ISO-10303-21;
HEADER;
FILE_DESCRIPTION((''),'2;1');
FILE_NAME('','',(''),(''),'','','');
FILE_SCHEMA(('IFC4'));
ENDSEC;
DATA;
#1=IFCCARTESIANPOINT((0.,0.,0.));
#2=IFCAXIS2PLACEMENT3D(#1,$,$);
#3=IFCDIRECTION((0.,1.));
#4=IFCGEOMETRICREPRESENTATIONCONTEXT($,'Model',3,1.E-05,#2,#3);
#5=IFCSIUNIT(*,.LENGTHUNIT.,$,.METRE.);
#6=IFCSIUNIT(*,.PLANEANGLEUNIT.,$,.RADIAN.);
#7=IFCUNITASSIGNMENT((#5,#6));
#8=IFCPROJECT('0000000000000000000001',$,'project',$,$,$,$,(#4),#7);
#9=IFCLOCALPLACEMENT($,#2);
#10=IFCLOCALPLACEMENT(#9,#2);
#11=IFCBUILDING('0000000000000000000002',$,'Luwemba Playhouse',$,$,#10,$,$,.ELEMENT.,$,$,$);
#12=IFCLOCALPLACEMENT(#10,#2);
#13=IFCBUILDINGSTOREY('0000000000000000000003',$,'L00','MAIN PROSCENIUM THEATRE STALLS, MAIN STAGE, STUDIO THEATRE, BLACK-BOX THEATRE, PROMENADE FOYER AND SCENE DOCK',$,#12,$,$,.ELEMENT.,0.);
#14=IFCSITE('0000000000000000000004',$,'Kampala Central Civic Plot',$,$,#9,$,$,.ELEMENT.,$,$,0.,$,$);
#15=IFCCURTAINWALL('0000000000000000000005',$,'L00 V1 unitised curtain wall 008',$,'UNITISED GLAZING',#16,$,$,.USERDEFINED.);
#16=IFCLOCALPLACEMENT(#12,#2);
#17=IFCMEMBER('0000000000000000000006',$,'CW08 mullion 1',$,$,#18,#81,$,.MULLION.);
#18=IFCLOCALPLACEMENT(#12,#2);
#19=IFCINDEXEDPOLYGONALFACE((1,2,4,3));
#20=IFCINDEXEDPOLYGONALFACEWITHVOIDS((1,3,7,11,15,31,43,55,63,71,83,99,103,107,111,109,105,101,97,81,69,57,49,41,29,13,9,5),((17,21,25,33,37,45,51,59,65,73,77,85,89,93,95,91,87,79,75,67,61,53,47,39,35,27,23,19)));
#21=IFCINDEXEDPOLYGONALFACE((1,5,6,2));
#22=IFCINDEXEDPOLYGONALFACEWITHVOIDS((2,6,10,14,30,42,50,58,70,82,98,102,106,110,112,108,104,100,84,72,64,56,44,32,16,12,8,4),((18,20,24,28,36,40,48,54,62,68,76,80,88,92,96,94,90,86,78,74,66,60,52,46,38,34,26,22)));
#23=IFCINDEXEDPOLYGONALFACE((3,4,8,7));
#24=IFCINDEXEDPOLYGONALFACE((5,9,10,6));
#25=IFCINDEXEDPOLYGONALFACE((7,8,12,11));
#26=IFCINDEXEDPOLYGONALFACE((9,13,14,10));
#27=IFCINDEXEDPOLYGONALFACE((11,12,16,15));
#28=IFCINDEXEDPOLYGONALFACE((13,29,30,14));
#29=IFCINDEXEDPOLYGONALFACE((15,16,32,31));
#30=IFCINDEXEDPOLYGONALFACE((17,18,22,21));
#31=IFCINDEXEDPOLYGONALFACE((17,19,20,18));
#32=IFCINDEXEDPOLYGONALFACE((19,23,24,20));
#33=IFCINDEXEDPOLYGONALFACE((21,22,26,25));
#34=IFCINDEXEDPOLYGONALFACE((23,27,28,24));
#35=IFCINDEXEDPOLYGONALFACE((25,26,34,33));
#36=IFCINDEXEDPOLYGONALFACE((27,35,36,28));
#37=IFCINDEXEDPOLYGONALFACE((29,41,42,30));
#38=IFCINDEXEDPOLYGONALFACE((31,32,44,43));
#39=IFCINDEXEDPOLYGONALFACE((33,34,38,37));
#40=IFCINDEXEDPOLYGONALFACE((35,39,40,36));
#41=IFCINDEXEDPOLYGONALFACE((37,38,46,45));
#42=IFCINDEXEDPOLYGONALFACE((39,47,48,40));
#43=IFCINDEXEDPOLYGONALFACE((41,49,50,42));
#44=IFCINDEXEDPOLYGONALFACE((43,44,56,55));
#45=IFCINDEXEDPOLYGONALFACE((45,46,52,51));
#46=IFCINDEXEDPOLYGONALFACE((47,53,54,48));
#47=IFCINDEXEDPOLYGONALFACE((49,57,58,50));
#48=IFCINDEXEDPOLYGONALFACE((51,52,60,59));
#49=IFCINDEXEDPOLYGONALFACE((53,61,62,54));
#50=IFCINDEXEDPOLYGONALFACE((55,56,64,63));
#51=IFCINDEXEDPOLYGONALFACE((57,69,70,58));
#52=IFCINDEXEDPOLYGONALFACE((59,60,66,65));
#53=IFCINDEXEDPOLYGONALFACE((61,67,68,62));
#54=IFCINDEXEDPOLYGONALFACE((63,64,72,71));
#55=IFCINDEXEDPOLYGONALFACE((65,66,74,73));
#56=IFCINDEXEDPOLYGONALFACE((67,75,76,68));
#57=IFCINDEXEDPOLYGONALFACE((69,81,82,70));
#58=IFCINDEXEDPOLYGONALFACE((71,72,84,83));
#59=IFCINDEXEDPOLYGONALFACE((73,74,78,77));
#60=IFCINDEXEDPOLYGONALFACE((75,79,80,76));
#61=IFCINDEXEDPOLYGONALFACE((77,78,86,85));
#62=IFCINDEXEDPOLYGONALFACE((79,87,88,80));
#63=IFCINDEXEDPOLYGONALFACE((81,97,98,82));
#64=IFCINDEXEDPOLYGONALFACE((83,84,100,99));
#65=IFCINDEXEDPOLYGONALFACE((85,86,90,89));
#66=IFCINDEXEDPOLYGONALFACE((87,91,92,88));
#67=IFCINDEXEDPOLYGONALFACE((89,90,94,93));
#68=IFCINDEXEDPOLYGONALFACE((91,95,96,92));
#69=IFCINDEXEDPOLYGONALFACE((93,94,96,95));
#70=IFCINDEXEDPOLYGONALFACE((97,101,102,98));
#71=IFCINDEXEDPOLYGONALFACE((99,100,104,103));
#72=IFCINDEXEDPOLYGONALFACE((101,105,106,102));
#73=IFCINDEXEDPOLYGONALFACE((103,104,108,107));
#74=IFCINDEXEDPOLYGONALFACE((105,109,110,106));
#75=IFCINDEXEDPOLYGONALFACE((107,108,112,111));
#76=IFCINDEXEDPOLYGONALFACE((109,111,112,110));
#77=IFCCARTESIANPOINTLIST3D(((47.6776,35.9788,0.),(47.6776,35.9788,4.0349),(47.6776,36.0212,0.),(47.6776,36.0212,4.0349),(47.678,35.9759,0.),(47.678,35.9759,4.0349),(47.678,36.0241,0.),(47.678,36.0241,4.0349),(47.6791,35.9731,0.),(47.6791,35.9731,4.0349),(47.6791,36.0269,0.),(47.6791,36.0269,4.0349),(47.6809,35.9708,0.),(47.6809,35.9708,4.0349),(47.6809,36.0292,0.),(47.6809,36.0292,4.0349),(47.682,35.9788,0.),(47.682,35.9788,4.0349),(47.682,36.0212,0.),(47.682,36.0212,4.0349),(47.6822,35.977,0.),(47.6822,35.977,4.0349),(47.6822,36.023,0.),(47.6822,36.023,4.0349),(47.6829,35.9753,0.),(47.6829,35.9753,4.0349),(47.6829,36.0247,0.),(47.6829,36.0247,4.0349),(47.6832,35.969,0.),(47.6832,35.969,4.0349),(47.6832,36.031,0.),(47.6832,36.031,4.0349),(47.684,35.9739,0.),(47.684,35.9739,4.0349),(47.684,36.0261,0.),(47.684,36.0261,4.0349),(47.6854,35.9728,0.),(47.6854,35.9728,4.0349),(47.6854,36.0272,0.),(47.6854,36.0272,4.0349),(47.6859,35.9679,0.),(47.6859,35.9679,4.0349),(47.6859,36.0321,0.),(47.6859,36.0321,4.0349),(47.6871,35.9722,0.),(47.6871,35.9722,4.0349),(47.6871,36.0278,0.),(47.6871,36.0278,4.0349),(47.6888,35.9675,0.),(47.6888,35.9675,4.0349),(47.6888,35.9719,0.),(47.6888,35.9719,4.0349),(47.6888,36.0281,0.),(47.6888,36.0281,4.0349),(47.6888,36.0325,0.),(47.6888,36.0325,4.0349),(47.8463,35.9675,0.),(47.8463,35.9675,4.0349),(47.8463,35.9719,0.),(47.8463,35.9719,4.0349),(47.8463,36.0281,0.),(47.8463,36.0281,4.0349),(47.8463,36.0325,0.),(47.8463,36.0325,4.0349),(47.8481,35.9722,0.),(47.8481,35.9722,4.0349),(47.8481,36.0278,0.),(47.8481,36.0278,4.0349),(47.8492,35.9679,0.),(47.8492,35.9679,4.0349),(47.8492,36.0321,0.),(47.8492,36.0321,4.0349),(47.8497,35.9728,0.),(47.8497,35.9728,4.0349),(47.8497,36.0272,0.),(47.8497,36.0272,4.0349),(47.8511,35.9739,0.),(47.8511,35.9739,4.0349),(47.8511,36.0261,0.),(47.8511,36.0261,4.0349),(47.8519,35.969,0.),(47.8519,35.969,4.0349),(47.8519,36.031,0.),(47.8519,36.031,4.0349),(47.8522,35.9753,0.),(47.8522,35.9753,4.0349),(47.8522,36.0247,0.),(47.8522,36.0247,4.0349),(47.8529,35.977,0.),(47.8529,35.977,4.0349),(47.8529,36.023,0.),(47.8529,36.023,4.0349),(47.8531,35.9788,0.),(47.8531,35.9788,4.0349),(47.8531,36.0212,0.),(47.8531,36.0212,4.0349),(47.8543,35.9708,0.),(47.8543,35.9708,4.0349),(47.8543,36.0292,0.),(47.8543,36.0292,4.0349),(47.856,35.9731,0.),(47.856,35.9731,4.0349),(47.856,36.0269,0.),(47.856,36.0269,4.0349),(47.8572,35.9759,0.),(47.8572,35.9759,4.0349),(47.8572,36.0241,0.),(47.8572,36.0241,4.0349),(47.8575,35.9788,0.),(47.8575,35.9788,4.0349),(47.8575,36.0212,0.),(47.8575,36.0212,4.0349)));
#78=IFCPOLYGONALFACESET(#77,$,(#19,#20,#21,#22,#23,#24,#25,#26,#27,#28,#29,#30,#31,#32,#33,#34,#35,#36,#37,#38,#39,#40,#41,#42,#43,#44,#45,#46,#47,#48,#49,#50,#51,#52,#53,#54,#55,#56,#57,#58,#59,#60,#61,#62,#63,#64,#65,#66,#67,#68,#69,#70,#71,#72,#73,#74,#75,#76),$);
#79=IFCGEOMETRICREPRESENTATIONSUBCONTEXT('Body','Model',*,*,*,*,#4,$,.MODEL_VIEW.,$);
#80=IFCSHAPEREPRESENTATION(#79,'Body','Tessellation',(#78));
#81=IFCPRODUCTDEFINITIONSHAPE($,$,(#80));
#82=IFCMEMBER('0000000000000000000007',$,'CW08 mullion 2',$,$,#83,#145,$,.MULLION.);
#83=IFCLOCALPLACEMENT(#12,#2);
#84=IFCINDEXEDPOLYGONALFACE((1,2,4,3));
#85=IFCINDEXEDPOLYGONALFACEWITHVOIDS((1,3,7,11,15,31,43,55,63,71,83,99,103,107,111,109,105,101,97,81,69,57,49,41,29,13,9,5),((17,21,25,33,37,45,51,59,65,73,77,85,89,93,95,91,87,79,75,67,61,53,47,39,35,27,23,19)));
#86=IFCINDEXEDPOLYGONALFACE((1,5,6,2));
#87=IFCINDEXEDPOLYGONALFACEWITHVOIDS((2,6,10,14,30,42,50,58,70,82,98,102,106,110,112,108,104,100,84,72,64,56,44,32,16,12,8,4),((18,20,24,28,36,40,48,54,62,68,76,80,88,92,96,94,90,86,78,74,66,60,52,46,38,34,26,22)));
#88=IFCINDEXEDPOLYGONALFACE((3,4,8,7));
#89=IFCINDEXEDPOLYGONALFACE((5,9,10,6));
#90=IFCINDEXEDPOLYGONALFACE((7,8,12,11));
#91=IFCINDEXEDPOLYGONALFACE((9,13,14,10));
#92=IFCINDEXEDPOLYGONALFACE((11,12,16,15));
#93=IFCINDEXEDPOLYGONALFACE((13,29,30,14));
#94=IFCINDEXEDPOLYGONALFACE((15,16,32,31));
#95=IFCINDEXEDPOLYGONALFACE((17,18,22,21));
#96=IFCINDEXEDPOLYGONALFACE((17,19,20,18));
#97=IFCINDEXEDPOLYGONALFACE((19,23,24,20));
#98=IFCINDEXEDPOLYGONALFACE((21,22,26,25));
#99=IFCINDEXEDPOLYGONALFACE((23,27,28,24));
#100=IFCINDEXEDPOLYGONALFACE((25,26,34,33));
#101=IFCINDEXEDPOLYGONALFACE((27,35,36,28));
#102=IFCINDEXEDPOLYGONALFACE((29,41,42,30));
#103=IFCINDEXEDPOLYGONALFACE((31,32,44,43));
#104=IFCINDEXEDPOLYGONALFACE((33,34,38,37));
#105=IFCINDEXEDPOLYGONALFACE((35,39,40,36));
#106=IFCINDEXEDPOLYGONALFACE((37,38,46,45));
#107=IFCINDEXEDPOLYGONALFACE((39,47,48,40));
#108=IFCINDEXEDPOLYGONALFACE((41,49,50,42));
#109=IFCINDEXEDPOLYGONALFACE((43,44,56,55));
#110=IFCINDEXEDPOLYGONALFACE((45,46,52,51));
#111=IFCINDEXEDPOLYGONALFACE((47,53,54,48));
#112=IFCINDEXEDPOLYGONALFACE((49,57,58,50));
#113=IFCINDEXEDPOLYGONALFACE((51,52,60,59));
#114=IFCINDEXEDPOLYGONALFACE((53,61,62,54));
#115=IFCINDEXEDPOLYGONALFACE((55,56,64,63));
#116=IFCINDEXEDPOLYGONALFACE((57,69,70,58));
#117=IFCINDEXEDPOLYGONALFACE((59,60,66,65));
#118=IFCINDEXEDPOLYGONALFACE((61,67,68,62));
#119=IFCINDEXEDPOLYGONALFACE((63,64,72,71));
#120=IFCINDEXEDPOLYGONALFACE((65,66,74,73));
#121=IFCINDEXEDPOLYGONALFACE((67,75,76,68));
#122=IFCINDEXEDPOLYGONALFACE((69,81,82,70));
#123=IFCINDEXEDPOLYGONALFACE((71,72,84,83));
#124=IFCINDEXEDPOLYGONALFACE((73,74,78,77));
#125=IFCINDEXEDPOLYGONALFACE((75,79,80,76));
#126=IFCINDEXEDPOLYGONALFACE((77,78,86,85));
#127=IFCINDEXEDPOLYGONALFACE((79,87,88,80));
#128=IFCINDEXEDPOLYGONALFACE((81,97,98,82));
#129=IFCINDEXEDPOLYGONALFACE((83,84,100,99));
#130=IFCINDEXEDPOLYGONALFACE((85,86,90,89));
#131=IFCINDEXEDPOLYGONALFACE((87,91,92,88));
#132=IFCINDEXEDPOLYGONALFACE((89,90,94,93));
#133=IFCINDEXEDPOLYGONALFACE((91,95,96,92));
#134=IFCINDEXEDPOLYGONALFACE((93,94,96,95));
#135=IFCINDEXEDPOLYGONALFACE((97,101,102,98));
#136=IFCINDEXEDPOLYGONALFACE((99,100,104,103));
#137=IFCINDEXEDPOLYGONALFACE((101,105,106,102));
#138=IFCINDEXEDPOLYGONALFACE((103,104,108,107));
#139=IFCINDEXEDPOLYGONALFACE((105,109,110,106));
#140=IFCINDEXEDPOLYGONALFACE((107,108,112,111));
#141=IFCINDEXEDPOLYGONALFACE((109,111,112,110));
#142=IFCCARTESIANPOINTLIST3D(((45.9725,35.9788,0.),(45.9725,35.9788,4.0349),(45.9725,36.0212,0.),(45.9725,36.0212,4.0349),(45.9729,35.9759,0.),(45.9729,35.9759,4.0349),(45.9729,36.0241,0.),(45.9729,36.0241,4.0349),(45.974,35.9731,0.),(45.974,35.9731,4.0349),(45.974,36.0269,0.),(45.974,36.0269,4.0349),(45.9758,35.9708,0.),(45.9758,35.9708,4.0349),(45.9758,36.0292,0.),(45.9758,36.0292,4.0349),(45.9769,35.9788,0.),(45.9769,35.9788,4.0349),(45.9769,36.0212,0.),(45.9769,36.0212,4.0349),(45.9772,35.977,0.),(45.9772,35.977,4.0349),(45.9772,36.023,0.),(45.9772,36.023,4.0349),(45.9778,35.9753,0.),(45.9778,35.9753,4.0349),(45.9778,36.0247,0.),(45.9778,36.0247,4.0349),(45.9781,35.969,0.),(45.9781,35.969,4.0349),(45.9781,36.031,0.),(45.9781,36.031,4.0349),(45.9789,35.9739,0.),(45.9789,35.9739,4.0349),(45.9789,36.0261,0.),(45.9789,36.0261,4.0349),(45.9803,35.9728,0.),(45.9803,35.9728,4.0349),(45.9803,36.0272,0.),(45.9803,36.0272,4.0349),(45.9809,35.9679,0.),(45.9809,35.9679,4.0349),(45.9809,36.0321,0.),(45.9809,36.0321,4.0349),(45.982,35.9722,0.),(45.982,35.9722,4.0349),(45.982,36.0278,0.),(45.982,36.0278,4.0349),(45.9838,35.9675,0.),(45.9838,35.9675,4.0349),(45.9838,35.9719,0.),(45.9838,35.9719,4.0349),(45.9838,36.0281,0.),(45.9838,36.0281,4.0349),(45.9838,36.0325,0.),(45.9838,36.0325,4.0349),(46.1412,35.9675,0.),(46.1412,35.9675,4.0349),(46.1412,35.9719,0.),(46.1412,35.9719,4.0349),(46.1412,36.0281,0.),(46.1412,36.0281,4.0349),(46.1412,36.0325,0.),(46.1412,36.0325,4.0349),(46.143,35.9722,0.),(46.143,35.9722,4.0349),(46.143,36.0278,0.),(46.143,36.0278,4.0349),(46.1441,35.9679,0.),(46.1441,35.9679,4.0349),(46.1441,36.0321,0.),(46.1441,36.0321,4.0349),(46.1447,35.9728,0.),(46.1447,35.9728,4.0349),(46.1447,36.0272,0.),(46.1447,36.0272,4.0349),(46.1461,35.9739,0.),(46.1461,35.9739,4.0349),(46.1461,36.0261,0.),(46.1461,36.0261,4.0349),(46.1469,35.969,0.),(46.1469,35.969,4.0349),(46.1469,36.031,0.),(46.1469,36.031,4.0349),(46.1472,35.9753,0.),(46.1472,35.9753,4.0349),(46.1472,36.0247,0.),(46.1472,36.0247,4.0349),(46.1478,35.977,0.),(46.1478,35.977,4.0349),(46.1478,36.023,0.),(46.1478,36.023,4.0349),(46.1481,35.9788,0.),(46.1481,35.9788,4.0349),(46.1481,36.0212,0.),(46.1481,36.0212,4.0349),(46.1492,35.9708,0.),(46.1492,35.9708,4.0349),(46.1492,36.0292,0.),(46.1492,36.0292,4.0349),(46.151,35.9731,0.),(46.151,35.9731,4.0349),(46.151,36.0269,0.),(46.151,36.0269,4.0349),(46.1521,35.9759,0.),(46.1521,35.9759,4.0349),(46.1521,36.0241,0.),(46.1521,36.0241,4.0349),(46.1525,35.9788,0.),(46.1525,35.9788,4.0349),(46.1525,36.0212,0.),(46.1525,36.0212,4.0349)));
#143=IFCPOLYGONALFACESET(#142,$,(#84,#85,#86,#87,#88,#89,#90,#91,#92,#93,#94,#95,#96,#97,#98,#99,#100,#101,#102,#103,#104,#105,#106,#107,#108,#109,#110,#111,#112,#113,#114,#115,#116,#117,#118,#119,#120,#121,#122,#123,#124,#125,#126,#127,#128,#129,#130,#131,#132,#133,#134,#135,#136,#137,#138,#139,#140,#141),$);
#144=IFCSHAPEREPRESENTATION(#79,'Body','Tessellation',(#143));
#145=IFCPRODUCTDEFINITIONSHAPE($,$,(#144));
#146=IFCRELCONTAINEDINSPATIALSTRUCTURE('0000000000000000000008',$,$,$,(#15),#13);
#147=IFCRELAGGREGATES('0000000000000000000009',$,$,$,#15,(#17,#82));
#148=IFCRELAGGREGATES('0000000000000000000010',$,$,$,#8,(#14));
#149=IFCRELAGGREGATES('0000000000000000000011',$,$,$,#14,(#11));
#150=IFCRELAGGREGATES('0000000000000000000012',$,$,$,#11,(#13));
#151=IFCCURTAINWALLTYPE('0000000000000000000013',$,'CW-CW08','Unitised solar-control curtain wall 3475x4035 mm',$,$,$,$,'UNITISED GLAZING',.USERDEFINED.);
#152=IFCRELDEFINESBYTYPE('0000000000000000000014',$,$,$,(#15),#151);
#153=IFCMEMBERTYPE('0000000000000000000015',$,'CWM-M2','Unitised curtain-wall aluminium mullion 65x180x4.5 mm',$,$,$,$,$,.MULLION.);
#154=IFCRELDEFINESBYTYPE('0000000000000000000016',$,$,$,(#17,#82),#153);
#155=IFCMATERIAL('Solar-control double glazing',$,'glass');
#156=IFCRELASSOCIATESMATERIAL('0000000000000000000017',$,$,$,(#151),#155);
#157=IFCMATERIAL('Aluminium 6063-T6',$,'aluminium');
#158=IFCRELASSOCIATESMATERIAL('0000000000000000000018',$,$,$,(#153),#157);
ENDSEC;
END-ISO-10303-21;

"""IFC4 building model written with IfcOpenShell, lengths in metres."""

from ifc_helpers import new_model, si_unit, direction, frame, origin, origin_2d, place, context, subcontext, project, spatial, hollow_rectangle, extrude, material, material_profile, profile_set, type_object, element, aggregate, save


model = new_model("IFC4")

# Units and contexts
model_context = context("Model", 3, precision=1e-05, world=origin(), true_north=direction((0.0, 1.0)))
body_context = subcontext(model_context, "Body", "Model", "MODEL_VIEW")
ifc_project = project(units=[si_unit("LENGTHUNIT", "METRE"), si_unit("PLANEANGLEUNIT", "RADIAN")], contexts=[model_context])

# Site, building, storey
site_placement = place(None, origin())
site = spatial("IfcSite", under=ifc_project, at=site_placement, Name="Kampala Central Civic Plot", CompositionType="ELEMENT", RefElevation=0.0)
building_placement = place(site_placement, origin())
building = spatial("IfcBuilding", under=site, at=building_placement, Name="Luwemba Playhouse", CompositionType="ELEMENT")
storey_placement = place(building_placement, origin())
storey = spatial("IfcBuildingStorey", under=building, at=storey_placement, Name="L00", Description="MAIN PROSCENIUM THEATRE STALLS, MAIN STAGE, STUDIO THEATRE, BLACK-BOX THEATRE, PROMENADE FOYER AND SCENE DOCK", CompositionType="ELEMENT", Elevation=0.0)

# Shared definitions
ifc_material_1 = material(Name="Solar-control double glazing", Category="glass")
ifc_material_2 = material(Name="Aluminium 6063-T6", Category="aluminium")

# Curtain wall, members
curtain_wall_type_1 = type_object("IfcCurtainWallType", Name="CW-CW08", Description="Unitised solar-control curtain wall 3475x4035 mm", ElementType="UNITISED GLAZING", PredefinedType="USERDEFINED", material=ifc_material_1)
curtain_wall_1_placement = place(storey_placement, origin())
curtain_wall_1 = element("IfcCurtainWall", 1, at=curtain_wall_1_placement, inside=storey, type_object=curtain_wall_type_1, Name="L00 V1 unitised curtain wall 008", ObjectType="UNITISED GLAZING", PredefinedType="USERDEFINED")
ifc_material_profile_1 = material_profile(ifc_material_2, hollow_rectangle(XDim=0.0649, YDim=0.1799, WallThickness=0.0044, InnerFilletRadius=0.0068, OuterFilletRadius=0.0112, at=origin_2d()))
ifc_profile_set_1 = profile_set([ifc_material_profile_1], Name="Aluminium 6063-T6")
member_type_1 = type_object("IfcMemberType", Name="CWM-M2", Description="Unitised curtain-wall aluminium mullion 65x180x4.5 mm", PredefinedType="MULLION", material=ifc_profile_set_1)
member_1_placement = place(storey_placement, frame((47.7676, 36.0, 0.0), z_axis=(0.0, 0.0, 1.0), x_axis=(0.0, -1.0, 0.0)))
member_1 = element("IfcMember", 2, at=member_1_placement, type_object=member_type_1, Name="CW08 mullion 1", PredefinedType="MULLION", context=body_context, shape_type="SweptSolid", body=[
    extrude(hollow_rectangle(XDim=0.0649, YDim=0.1799, WallThickness=0.0044, InnerFilletRadius=0.0068, OuterFilletRadius=0.0112, at=origin_2d()), origin(), (0.0, 0.0, 1.0), 4.0349),
])
member_2_placement = place(storey_placement, frame((46.0625, 36.0, 0.0), z_axis=(0.0, 0.0, 1.0), x_axis=(0.0, -1.0, 0.0)))
member_2 = element("IfcMember", 3, at=member_2_placement, type_object=member_type_1, Name="CW08 mullion 2", PredefinedType="MULLION", context=body_context, shape_type="SweptSolid", body=[
    extrude(hollow_rectangle(XDim=0.0649, YDim=0.1799, WallThickness=0.0044, InnerFilletRadius=0.0068, OuterFilletRadius=0.0112, at=origin_2d()), origin(), (0.0, 0.0, 1.0), 4.0349),
])

aggregate(curtain_wall_1, [member_1, member_2])

save(model, "model.ifc")
